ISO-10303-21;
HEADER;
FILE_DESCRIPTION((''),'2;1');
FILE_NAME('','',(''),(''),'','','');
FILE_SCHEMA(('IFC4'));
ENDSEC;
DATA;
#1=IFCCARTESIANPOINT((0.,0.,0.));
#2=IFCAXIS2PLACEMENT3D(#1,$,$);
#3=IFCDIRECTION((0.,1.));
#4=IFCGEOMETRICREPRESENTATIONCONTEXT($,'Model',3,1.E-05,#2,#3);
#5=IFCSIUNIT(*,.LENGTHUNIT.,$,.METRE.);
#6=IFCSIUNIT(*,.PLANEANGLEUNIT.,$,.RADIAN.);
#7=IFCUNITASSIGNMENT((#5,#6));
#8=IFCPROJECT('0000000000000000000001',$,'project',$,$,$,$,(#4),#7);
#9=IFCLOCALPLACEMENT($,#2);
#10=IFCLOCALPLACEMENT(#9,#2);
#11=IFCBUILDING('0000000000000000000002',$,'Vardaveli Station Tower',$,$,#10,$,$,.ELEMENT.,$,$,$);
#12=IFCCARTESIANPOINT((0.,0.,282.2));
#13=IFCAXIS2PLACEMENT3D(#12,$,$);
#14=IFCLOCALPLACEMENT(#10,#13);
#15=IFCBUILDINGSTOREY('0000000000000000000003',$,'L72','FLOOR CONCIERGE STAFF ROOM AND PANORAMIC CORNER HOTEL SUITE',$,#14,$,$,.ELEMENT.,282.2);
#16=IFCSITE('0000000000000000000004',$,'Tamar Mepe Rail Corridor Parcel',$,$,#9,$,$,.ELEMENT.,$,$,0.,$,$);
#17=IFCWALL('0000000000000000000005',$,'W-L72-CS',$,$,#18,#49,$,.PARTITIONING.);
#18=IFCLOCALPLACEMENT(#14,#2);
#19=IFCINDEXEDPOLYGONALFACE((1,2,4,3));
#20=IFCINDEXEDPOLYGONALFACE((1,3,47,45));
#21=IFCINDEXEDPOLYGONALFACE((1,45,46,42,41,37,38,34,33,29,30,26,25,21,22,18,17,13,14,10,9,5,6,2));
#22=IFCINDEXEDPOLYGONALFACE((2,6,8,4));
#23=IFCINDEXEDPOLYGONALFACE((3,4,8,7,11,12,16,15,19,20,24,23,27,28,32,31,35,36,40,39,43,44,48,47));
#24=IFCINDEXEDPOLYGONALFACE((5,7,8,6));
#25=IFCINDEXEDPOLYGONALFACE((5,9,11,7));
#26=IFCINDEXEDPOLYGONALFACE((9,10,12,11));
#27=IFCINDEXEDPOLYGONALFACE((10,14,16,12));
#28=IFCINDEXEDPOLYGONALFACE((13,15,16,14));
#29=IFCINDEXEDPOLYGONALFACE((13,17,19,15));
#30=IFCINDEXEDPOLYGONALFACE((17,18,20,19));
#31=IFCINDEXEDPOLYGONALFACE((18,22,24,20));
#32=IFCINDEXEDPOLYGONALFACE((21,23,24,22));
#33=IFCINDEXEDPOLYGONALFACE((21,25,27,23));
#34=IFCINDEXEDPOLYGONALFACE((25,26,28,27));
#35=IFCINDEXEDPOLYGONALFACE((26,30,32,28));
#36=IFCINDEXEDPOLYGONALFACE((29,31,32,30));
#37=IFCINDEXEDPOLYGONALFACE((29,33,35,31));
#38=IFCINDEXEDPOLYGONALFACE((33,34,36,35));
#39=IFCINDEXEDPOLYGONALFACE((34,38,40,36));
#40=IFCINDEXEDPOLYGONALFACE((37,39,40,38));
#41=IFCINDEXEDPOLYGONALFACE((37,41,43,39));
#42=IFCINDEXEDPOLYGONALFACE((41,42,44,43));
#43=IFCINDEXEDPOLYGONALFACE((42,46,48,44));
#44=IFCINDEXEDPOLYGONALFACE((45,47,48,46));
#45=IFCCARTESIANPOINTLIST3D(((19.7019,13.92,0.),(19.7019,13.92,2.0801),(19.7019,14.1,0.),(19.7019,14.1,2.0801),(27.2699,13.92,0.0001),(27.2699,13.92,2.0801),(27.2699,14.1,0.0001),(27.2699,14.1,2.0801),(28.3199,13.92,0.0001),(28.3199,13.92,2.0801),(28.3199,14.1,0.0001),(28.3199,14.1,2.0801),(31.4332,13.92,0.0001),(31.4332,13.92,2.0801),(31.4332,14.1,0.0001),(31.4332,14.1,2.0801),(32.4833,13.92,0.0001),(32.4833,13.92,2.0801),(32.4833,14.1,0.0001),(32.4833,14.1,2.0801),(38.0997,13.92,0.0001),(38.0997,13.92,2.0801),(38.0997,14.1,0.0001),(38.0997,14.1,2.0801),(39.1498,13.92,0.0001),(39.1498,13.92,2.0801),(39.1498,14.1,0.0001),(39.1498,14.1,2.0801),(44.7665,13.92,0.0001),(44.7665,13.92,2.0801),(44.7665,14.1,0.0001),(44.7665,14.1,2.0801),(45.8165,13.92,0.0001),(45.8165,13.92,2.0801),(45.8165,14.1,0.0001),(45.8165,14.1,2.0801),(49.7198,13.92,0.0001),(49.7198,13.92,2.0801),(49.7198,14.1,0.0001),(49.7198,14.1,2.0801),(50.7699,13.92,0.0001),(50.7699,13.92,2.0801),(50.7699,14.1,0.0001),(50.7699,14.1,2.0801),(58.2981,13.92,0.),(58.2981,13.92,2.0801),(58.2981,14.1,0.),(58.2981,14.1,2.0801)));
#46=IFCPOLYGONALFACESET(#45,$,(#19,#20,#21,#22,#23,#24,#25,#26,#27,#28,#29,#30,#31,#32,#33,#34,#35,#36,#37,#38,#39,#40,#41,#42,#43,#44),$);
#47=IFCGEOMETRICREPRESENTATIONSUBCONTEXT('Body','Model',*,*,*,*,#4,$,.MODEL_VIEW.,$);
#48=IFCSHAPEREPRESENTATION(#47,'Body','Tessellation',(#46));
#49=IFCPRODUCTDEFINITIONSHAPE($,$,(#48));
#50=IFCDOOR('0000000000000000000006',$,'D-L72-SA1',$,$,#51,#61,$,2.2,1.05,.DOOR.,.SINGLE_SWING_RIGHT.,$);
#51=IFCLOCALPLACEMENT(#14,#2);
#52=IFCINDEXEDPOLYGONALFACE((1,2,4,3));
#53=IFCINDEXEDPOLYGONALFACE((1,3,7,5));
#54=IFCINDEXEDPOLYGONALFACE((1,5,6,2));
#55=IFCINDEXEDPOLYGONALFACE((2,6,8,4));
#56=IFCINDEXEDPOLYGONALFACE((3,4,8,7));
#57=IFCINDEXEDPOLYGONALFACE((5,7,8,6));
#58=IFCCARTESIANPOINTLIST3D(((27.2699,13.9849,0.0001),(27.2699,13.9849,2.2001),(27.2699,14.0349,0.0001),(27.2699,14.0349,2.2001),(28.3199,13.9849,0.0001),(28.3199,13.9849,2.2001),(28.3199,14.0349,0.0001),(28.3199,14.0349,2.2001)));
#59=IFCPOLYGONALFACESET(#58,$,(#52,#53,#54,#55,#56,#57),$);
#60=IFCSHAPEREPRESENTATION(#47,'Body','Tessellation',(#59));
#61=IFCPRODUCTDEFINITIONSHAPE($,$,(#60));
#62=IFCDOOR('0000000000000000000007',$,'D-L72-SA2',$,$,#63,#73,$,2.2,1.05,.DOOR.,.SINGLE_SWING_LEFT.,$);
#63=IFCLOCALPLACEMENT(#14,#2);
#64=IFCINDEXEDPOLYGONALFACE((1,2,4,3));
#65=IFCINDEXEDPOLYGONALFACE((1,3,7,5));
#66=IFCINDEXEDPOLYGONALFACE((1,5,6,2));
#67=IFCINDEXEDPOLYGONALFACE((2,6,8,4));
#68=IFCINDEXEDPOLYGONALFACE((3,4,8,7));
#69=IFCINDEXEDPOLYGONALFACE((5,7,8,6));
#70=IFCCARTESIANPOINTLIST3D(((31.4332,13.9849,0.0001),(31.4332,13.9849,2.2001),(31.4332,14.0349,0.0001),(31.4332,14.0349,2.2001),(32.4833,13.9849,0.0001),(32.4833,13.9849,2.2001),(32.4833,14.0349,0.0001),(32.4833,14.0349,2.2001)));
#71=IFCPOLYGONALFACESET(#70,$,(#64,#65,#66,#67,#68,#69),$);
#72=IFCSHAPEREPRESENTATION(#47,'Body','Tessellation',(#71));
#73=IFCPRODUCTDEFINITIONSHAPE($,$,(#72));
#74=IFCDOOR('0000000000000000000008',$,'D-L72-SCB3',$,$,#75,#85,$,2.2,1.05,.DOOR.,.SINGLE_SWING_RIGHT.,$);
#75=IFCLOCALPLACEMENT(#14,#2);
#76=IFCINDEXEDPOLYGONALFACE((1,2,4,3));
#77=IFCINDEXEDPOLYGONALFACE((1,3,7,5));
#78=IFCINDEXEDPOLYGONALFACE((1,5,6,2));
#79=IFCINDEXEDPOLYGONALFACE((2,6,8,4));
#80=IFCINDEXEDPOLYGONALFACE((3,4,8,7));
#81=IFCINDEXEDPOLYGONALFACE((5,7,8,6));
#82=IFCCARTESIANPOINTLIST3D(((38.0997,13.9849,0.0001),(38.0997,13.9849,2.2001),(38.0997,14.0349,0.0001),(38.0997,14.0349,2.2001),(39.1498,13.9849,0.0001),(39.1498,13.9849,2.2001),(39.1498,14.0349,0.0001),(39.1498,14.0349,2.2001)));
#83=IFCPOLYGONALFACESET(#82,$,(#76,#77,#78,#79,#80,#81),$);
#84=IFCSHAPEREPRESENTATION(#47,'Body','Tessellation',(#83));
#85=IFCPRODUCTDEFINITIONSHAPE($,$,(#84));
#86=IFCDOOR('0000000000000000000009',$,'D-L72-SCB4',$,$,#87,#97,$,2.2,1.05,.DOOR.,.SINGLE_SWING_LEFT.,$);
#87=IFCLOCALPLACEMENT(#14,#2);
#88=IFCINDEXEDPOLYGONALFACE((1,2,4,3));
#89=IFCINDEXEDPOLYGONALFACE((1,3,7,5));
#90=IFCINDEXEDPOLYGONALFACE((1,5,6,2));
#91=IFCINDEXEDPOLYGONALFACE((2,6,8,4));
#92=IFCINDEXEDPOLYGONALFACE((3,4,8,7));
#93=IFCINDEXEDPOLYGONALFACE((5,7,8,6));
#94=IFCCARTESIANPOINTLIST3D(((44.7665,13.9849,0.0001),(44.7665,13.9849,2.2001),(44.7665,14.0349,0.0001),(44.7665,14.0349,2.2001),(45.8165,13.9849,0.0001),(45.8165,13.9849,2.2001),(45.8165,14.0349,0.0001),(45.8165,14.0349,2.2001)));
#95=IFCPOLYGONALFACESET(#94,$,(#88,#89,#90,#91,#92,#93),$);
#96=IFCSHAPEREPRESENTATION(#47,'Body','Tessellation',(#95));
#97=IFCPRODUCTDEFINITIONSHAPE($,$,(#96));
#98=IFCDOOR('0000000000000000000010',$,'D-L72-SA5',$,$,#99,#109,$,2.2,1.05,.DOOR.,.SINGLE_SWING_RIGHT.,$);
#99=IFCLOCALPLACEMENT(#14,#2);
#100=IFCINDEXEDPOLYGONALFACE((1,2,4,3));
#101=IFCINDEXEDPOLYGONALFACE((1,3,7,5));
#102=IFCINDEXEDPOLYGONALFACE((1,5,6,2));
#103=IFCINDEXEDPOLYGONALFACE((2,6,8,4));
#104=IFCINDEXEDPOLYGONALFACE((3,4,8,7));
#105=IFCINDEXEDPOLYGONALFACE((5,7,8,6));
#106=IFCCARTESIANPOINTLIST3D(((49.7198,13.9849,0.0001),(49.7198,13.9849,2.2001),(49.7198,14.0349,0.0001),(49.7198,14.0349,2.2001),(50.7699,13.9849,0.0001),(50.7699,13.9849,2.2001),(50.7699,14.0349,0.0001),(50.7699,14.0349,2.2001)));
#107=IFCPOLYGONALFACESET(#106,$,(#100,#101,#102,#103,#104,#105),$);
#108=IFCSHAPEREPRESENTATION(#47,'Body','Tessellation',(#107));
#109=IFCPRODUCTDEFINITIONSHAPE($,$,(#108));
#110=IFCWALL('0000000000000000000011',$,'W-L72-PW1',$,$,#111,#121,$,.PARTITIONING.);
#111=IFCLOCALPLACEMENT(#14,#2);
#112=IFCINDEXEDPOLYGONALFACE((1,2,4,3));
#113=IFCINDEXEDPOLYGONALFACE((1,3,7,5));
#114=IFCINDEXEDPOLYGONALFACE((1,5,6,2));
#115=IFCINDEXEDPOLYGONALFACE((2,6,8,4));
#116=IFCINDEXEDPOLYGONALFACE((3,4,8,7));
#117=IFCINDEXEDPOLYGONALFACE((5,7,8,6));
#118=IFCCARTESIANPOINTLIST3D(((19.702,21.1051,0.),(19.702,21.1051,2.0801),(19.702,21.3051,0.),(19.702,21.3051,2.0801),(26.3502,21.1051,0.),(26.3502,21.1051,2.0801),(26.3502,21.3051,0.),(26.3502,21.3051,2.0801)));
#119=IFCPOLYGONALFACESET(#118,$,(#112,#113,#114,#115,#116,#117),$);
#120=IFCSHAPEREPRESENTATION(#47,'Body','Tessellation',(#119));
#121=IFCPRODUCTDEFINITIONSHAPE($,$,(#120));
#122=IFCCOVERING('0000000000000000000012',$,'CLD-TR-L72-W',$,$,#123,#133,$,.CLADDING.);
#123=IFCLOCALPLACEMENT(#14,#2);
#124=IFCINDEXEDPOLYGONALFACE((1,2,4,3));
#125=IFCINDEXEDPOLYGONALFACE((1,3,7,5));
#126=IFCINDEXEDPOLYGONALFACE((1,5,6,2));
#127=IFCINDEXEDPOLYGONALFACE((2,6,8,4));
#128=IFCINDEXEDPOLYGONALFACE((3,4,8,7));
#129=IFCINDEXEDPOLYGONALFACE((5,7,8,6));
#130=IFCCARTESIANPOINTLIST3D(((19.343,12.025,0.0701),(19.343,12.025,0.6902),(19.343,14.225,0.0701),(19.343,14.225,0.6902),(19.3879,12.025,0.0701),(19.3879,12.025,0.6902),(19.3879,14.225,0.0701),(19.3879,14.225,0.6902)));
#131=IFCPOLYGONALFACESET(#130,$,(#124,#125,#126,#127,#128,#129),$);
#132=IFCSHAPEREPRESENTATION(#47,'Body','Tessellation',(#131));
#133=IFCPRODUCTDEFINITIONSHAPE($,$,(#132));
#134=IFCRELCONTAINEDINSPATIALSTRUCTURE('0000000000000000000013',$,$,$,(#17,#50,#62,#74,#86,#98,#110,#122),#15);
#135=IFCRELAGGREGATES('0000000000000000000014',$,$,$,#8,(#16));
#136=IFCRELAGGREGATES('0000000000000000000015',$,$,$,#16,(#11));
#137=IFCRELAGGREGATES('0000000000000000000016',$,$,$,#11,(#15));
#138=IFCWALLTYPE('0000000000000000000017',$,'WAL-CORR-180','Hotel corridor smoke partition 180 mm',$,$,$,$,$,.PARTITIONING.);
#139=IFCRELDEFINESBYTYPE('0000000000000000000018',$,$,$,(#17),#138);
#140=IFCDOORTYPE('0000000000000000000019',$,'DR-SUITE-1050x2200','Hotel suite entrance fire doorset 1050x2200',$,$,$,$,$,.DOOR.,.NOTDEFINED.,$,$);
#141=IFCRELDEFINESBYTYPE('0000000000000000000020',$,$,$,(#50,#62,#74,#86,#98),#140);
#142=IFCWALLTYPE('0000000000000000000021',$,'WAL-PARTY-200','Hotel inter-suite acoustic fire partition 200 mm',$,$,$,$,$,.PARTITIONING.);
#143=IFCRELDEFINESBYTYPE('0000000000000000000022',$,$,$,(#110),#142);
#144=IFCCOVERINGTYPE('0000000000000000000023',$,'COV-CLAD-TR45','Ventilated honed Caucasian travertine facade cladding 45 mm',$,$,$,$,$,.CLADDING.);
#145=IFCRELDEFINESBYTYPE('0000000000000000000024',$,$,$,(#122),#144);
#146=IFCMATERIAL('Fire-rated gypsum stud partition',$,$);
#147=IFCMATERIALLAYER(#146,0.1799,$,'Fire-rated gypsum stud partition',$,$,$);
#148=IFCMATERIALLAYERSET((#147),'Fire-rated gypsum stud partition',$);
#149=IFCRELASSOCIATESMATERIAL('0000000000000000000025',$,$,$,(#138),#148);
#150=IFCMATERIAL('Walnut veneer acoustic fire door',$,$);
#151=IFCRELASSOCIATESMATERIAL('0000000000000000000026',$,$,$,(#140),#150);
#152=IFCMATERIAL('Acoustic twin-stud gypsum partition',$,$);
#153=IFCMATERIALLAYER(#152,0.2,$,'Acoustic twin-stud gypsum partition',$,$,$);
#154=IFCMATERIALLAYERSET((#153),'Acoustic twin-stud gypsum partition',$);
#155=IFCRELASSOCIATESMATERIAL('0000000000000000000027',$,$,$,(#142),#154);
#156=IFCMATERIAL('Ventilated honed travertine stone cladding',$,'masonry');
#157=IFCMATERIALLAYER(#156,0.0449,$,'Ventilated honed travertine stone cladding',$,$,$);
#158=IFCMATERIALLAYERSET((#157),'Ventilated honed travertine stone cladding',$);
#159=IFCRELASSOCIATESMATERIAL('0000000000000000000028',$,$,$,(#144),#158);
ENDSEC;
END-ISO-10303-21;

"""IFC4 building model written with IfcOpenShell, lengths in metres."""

from ifc_helpers import new_model, si_unit, direction, frame, frame_2d, origin, origin_2d, place, context, subcontext, project, spatial, rectangle, extrude, source, transform, mapped, material, layer, layer_set, type_object, element, fill, save


model = new_model("IFC4")

# Units and contexts
model_context = context("Model", 3, precision=1e-05, world=origin(), true_north=direction((0.0, 1.0)))
body_context = subcontext(model_context, "Body", "Model", "MODEL_VIEW")
ifc_project = project(units=[si_unit("LENGTHUNIT", "METRE"), si_unit("PLANEANGLEUNIT", "RADIAN")], contexts=[model_context])

# Site, building, storey
site_placement = place(None, origin())
site = spatial("IfcSite", under=ifc_project, at=site_placement, Name="Tamar Mepe Rail Corridor Parcel", CompositionType="ELEMENT", RefElevation=0.0)
building_placement = place(site_placement, origin())
building = spatial("IfcBuilding", under=site, at=building_placement, Name="Vardaveli Station Tower", CompositionType="ELEMENT")
storey_placement = place(building_placement, frame((0.0, 0.0, 282.2)))
storey = spatial("IfcBuildingStorey", under=building, at=storey_placement, Name="L72", Description="FLOOR CONCIERGE STAFF ROOM AND PANORAMIC CORNER HOTEL SUITE", CompositionType="ELEMENT", Elevation=282.2)

# Wall, openings, doors
ifc_material_1 = material(Name="Fire-rated gypsum stud partition")
ifc_layer_1 = layer(ifc_material_1, 0.1799, Name="Fire-rated gypsum stud partition")
ifc_layer_set_1 = layer_set([ifc_layer_1], Name="Fire-rated gypsum stud partition")
wall_type_1 = type_object("IfcWallType", Name="WAL-CORR-180", Description="Hotel corridor smoke partition 180 mm", PredefinedType="PARTITIONING", material=ifc_layer_set_1)
shared_shape_1 = source(origin(), body_context, "Body", "SweptSolid", [
    extrude(rectangle(XDim=38.5962, YDim=0.1799, at=frame_2d((19.2981, 0.0))), origin(), (0.0, 0.0, 1.0), 2.0801),
])
wall_1_placement = place(storey_placement, frame((19.7019, 14.01, 0.0), z_axis=(0.0, 0.0, 1.0), x_axis=(1.0, 0.0, 0.0)))
wall_1 = element("IfcWall", 1, at=wall_1_placement, inside=storey, type_object=wall_type_1, Name="W-L72-CS", PredefinedType="PARTITIONING", context=body_context, shape_type="MappedRepresentation", body=[
    mapped(shared_shape_1, transform((0.0, 0.0, 0.0), scale=1.0)),
])
shared_shape_2 = source(origin(), body_context, "Body", "SweptSolid", [
    extrude(rectangle(XDim=1.05, YDim=2.2, at=frame_2d((0.5249, 1.1001))), frame((0.0, 0.1001, 0.0), z_axis=(0.0, -1.0, 0.0), x_axis=(1.0, 0.0, 0.0)), (0.0, 0.0, 1.0), 0.2),
])
opening_1_placement = place(wall_1_placement, frame((7.5681, 0.0, 0.0)))
opening_1 = element("IfcOpeningElement", 2, at=opening_1_placement, cuts=wall_1, PredefinedType="OPENING", context=body_context, shape_type="MappedRepresentation", body=[
    mapped(shared_shape_2, transform((0.0, 0.0, 0.0), scale=1.0)),
])
opening_2_placement = place(wall_1_placement, frame((11.7314, 0.0, 0.0)))
opening_2 = element("IfcOpeningElement", 3, at=opening_2_placement, cuts=wall_1, PredefinedType="OPENING", context=body_context, shape_type="MappedRepresentation", body=[
    mapped(shared_shape_2, transform((0.0, 0.0, 0.0), scale=1.0)),
])
opening_3_placement = place(wall_1_placement, frame((18.3979, 0.0, 0.0)))
opening_3 = element("IfcOpeningElement", 4, at=opening_3_placement, cuts=wall_1, PredefinedType="OPENING", context=body_context, shape_type="MappedRepresentation", body=[
    mapped(shared_shape_2, transform((0.0, 0.0, 0.0), scale=1.0)),
])
opening_4_placement = place(wall_1_placement, frame((25.0647, 0.0, 0.0)))
opening_4 = element("IfcOpeningElement", 5, at=opening_4_placement, cuts=wall_1, PredefinedType="OPENING", context=body_context, shape_type="MappedRepresentation", body=[
    mapped(shared_shape_2, transform((0.0, 0.0, 0.0), scale=1.0)),
])
opening_5_placement = place(wall_1_placement, frame((30.0181, 0.0, 0.0)))
opening_5 = element("IfcOpeningElement", 6, at=opening_5_placement, cuts=wall_1, PredefinedType="OPENING", context=body_context, shape_type="MappedRepresentation", body=[
    mapped(shared_shape_2, transform((0.0, 0.0, 0.0), scale=1.0)),
])
ifc_material_2 = material(Name="Walnut veneer acoustic fire door")
door_type = type_object("IfcDoorType", Name="DR-SUITE-1050x2200", Description="Hotel suite entrance fire doorset 1050x2200", OperationType="NOTDEFINED", PredefinedType="DOOR", material=ifc_material_2)
shared_shape_3 = source(origin(), body_context, "Body", "SweptSolid", [
    extrude(rectangle(XDim=1.05, YDim=2.2, at=frame_2d((0.5249, 1.1001))), frame((0.0, 0.0249, 0.0), z_axis=(0.0, -1.0, 0.0), x_axis=(1.0, 0.0, 0.0)), (0.0, 0.0, 1.0), 0.05),
])
door_1_placement = place(opening_1_placement, origin())
door_1 = element("IfcDoor", 7, at=door_1_placement, inside=storey, type_object=door_type, Name="D-L72-SA1", OperationType="SINGLE_SWING_RIGHT", OverallHeight=2.2, OverallWidth=1.05, PredefinedType="DOOR", context=body_context, shape_type="MappedRepresentation", body=[
    mapped(shared_shape_3, transform((0.0, 0.0, 0.0), scale=1.0)),
])
fill(opening_1, door_1)
door_2_placement = place(opening_2_placement, origin())
door_2 = element("IfcDoor", 8, at=door_2_placement, inside=storey, type_object=door_type, Name="D-L72-SA2", OperationType="SINGLE_SWING_LEFT", OverallHeight=2.2, OverallWidth=1.05, PredefinedType="DOOR", context=body_context, shape_type="MappedRepresentation", body=[
    mapped(shared_shape_3, transform((0.0, 0.0, 0.0), scale=1.0)),
])
fill(opening_2, door_2)
door_3_placement = place(opening_3_placement, origin())
door_3 = element("IfcDoor", 9, at=door_3_placement, inside=storey, type_object=door_type, Name="D-L72-SCB3", OperationType="SINGLE_SWING_RIGHT", OverallHeight=2.2, OverallWidth=1.05, PredefinedType="DOOR", context=body_context, shape_type="MappedRepresentation", body=[
    mapped(shared_shape_3, transform((0.0, 0.0, 0.0), scale=1.0)),
])
fill(opening_3, door_3)
door_4_placement = place(opening_4_placement, origin())
door_4 = element("IfcDoor", 10, at=door_4_placement, inside=storey, type_object=door_type, Name="D-L72-SCB4", OperationType="SINGLE_SWING_LEFT", OverallHeight=2.2, OverallWidth=1.05, PredefinedType="DOOR", context=body_context, shape_type="MappedRepresentation", body=[
    mapped(shared_shape_3, transform((0.0, 0.0, 0.0), scale=1.0)),
])
fill(opening_4, door_4)
door_5_placement = place(opening_5_placement, origin())
door_5 = element("IfcDoor", 11, at=door_5_placement, inside=storey, type_object=door_type, Name="D-L72-SA5", OperationType="SINGLE_SWING_RIGHT", OverallHeight=2.2, OverallWidth=1.05, PredefinedType="DOOR", context=body_context, shape_type="MappedRepresentation", body=[
    mapped(shared_shape_3, transform((0.0, 0.0, 0.0), scale=1.0)),
])
fill(opening_5, door_5)

# Wall
ifc_material_3 = material(Name="Acoustic twin-stud gypsum partition")
ifc_layer_2 = layer(ifc_material_3, 0.2, Name="Acoustic twin-stud gypsum partition")
ifc_layer_set_2 = layer_set([ifc_layer_2], Name="Acoustic twin-stud gypsum partition")
wall_type_2 = type_object("IfcWallType", Name="WAL-PARTY-200", Description="Hotel inter-suite acoustic fire partition 200 mm", PredefinedType="PARTITIONING", material=ifc_layer_set_2)
shared_shape_4 = source(origin(), body_context, "Body", "SweptSolid", [
    extrude(rectangle(XDim=6.6482, YDim=0.2, at=frame_2d((3.3242, 0.0))), origin(), (0.0, 0.0, 1.0), 2.0801),
])
wall_2_placement = place(storey_placement, frame((19.7019, 21.2051, 0.0), z_axis=(0.0, 0.0, 1.0), x_axis=(1.0, 0.0, 0.0)))
element("IfcWall", 12, at=wall_2_placement, inside=storey, type_object=wall_type_2, Name="W-L72-PW1", PredefinedType="PARTITIONING", context=body_context, shape_type="MappedRepresentation", body=[
    mapped(shared_shape_4, transform((0.0, 0.0, 0.0), scale=1.0)),
])

# Covering
ifc_material_4 = material(Name="Ventilated honed travertine stone cladding", Category="masonry")
ifc_layer_3 = layer(ifc_material_4, 0.0449, Name="Ventilated honed travertine stone cladding")
ifc_layer_set_3 = layer_set([ifc_layer_3], Name="Ventilated honed travertine stone cladding")
covering_type = type_object("IfcCoveringType", Name="COV-CLAD-TR45", Description="Ventilated honed Caucasian travertine facade cladding 45 mm", PredefinedType="CLADDING", material=ifc_layer_set_3)
shared_shape_5 = source(origin(), body_context, "Body", "SweptSolid", [
    extrude(rectangle(XDim=2.2, YDim=0.0449, at=origin_2d()), origin(), (0.0, 0.0, 1.0), 0.6201),
])
covering_placement = place(storey_placement, frame((19.3655, 13.125, 0.0701), z_axis=(0.0, 0.0, 1.0), x_axis=(0.0, 1.0, 0.0)))
element("IfcCovering", 13, at=covering_placement, inside=storey, type_object=covering_type, Name="CLD-TR-L72-W", PredefinedType="CLADDING", context=body_context, shape_type="MappedRepresentation", body=[
    mapped(shared_shape_5, transform((0.0, 0.0, 0.0), scale=1.0)),
])

save(model, "model.ifc")
